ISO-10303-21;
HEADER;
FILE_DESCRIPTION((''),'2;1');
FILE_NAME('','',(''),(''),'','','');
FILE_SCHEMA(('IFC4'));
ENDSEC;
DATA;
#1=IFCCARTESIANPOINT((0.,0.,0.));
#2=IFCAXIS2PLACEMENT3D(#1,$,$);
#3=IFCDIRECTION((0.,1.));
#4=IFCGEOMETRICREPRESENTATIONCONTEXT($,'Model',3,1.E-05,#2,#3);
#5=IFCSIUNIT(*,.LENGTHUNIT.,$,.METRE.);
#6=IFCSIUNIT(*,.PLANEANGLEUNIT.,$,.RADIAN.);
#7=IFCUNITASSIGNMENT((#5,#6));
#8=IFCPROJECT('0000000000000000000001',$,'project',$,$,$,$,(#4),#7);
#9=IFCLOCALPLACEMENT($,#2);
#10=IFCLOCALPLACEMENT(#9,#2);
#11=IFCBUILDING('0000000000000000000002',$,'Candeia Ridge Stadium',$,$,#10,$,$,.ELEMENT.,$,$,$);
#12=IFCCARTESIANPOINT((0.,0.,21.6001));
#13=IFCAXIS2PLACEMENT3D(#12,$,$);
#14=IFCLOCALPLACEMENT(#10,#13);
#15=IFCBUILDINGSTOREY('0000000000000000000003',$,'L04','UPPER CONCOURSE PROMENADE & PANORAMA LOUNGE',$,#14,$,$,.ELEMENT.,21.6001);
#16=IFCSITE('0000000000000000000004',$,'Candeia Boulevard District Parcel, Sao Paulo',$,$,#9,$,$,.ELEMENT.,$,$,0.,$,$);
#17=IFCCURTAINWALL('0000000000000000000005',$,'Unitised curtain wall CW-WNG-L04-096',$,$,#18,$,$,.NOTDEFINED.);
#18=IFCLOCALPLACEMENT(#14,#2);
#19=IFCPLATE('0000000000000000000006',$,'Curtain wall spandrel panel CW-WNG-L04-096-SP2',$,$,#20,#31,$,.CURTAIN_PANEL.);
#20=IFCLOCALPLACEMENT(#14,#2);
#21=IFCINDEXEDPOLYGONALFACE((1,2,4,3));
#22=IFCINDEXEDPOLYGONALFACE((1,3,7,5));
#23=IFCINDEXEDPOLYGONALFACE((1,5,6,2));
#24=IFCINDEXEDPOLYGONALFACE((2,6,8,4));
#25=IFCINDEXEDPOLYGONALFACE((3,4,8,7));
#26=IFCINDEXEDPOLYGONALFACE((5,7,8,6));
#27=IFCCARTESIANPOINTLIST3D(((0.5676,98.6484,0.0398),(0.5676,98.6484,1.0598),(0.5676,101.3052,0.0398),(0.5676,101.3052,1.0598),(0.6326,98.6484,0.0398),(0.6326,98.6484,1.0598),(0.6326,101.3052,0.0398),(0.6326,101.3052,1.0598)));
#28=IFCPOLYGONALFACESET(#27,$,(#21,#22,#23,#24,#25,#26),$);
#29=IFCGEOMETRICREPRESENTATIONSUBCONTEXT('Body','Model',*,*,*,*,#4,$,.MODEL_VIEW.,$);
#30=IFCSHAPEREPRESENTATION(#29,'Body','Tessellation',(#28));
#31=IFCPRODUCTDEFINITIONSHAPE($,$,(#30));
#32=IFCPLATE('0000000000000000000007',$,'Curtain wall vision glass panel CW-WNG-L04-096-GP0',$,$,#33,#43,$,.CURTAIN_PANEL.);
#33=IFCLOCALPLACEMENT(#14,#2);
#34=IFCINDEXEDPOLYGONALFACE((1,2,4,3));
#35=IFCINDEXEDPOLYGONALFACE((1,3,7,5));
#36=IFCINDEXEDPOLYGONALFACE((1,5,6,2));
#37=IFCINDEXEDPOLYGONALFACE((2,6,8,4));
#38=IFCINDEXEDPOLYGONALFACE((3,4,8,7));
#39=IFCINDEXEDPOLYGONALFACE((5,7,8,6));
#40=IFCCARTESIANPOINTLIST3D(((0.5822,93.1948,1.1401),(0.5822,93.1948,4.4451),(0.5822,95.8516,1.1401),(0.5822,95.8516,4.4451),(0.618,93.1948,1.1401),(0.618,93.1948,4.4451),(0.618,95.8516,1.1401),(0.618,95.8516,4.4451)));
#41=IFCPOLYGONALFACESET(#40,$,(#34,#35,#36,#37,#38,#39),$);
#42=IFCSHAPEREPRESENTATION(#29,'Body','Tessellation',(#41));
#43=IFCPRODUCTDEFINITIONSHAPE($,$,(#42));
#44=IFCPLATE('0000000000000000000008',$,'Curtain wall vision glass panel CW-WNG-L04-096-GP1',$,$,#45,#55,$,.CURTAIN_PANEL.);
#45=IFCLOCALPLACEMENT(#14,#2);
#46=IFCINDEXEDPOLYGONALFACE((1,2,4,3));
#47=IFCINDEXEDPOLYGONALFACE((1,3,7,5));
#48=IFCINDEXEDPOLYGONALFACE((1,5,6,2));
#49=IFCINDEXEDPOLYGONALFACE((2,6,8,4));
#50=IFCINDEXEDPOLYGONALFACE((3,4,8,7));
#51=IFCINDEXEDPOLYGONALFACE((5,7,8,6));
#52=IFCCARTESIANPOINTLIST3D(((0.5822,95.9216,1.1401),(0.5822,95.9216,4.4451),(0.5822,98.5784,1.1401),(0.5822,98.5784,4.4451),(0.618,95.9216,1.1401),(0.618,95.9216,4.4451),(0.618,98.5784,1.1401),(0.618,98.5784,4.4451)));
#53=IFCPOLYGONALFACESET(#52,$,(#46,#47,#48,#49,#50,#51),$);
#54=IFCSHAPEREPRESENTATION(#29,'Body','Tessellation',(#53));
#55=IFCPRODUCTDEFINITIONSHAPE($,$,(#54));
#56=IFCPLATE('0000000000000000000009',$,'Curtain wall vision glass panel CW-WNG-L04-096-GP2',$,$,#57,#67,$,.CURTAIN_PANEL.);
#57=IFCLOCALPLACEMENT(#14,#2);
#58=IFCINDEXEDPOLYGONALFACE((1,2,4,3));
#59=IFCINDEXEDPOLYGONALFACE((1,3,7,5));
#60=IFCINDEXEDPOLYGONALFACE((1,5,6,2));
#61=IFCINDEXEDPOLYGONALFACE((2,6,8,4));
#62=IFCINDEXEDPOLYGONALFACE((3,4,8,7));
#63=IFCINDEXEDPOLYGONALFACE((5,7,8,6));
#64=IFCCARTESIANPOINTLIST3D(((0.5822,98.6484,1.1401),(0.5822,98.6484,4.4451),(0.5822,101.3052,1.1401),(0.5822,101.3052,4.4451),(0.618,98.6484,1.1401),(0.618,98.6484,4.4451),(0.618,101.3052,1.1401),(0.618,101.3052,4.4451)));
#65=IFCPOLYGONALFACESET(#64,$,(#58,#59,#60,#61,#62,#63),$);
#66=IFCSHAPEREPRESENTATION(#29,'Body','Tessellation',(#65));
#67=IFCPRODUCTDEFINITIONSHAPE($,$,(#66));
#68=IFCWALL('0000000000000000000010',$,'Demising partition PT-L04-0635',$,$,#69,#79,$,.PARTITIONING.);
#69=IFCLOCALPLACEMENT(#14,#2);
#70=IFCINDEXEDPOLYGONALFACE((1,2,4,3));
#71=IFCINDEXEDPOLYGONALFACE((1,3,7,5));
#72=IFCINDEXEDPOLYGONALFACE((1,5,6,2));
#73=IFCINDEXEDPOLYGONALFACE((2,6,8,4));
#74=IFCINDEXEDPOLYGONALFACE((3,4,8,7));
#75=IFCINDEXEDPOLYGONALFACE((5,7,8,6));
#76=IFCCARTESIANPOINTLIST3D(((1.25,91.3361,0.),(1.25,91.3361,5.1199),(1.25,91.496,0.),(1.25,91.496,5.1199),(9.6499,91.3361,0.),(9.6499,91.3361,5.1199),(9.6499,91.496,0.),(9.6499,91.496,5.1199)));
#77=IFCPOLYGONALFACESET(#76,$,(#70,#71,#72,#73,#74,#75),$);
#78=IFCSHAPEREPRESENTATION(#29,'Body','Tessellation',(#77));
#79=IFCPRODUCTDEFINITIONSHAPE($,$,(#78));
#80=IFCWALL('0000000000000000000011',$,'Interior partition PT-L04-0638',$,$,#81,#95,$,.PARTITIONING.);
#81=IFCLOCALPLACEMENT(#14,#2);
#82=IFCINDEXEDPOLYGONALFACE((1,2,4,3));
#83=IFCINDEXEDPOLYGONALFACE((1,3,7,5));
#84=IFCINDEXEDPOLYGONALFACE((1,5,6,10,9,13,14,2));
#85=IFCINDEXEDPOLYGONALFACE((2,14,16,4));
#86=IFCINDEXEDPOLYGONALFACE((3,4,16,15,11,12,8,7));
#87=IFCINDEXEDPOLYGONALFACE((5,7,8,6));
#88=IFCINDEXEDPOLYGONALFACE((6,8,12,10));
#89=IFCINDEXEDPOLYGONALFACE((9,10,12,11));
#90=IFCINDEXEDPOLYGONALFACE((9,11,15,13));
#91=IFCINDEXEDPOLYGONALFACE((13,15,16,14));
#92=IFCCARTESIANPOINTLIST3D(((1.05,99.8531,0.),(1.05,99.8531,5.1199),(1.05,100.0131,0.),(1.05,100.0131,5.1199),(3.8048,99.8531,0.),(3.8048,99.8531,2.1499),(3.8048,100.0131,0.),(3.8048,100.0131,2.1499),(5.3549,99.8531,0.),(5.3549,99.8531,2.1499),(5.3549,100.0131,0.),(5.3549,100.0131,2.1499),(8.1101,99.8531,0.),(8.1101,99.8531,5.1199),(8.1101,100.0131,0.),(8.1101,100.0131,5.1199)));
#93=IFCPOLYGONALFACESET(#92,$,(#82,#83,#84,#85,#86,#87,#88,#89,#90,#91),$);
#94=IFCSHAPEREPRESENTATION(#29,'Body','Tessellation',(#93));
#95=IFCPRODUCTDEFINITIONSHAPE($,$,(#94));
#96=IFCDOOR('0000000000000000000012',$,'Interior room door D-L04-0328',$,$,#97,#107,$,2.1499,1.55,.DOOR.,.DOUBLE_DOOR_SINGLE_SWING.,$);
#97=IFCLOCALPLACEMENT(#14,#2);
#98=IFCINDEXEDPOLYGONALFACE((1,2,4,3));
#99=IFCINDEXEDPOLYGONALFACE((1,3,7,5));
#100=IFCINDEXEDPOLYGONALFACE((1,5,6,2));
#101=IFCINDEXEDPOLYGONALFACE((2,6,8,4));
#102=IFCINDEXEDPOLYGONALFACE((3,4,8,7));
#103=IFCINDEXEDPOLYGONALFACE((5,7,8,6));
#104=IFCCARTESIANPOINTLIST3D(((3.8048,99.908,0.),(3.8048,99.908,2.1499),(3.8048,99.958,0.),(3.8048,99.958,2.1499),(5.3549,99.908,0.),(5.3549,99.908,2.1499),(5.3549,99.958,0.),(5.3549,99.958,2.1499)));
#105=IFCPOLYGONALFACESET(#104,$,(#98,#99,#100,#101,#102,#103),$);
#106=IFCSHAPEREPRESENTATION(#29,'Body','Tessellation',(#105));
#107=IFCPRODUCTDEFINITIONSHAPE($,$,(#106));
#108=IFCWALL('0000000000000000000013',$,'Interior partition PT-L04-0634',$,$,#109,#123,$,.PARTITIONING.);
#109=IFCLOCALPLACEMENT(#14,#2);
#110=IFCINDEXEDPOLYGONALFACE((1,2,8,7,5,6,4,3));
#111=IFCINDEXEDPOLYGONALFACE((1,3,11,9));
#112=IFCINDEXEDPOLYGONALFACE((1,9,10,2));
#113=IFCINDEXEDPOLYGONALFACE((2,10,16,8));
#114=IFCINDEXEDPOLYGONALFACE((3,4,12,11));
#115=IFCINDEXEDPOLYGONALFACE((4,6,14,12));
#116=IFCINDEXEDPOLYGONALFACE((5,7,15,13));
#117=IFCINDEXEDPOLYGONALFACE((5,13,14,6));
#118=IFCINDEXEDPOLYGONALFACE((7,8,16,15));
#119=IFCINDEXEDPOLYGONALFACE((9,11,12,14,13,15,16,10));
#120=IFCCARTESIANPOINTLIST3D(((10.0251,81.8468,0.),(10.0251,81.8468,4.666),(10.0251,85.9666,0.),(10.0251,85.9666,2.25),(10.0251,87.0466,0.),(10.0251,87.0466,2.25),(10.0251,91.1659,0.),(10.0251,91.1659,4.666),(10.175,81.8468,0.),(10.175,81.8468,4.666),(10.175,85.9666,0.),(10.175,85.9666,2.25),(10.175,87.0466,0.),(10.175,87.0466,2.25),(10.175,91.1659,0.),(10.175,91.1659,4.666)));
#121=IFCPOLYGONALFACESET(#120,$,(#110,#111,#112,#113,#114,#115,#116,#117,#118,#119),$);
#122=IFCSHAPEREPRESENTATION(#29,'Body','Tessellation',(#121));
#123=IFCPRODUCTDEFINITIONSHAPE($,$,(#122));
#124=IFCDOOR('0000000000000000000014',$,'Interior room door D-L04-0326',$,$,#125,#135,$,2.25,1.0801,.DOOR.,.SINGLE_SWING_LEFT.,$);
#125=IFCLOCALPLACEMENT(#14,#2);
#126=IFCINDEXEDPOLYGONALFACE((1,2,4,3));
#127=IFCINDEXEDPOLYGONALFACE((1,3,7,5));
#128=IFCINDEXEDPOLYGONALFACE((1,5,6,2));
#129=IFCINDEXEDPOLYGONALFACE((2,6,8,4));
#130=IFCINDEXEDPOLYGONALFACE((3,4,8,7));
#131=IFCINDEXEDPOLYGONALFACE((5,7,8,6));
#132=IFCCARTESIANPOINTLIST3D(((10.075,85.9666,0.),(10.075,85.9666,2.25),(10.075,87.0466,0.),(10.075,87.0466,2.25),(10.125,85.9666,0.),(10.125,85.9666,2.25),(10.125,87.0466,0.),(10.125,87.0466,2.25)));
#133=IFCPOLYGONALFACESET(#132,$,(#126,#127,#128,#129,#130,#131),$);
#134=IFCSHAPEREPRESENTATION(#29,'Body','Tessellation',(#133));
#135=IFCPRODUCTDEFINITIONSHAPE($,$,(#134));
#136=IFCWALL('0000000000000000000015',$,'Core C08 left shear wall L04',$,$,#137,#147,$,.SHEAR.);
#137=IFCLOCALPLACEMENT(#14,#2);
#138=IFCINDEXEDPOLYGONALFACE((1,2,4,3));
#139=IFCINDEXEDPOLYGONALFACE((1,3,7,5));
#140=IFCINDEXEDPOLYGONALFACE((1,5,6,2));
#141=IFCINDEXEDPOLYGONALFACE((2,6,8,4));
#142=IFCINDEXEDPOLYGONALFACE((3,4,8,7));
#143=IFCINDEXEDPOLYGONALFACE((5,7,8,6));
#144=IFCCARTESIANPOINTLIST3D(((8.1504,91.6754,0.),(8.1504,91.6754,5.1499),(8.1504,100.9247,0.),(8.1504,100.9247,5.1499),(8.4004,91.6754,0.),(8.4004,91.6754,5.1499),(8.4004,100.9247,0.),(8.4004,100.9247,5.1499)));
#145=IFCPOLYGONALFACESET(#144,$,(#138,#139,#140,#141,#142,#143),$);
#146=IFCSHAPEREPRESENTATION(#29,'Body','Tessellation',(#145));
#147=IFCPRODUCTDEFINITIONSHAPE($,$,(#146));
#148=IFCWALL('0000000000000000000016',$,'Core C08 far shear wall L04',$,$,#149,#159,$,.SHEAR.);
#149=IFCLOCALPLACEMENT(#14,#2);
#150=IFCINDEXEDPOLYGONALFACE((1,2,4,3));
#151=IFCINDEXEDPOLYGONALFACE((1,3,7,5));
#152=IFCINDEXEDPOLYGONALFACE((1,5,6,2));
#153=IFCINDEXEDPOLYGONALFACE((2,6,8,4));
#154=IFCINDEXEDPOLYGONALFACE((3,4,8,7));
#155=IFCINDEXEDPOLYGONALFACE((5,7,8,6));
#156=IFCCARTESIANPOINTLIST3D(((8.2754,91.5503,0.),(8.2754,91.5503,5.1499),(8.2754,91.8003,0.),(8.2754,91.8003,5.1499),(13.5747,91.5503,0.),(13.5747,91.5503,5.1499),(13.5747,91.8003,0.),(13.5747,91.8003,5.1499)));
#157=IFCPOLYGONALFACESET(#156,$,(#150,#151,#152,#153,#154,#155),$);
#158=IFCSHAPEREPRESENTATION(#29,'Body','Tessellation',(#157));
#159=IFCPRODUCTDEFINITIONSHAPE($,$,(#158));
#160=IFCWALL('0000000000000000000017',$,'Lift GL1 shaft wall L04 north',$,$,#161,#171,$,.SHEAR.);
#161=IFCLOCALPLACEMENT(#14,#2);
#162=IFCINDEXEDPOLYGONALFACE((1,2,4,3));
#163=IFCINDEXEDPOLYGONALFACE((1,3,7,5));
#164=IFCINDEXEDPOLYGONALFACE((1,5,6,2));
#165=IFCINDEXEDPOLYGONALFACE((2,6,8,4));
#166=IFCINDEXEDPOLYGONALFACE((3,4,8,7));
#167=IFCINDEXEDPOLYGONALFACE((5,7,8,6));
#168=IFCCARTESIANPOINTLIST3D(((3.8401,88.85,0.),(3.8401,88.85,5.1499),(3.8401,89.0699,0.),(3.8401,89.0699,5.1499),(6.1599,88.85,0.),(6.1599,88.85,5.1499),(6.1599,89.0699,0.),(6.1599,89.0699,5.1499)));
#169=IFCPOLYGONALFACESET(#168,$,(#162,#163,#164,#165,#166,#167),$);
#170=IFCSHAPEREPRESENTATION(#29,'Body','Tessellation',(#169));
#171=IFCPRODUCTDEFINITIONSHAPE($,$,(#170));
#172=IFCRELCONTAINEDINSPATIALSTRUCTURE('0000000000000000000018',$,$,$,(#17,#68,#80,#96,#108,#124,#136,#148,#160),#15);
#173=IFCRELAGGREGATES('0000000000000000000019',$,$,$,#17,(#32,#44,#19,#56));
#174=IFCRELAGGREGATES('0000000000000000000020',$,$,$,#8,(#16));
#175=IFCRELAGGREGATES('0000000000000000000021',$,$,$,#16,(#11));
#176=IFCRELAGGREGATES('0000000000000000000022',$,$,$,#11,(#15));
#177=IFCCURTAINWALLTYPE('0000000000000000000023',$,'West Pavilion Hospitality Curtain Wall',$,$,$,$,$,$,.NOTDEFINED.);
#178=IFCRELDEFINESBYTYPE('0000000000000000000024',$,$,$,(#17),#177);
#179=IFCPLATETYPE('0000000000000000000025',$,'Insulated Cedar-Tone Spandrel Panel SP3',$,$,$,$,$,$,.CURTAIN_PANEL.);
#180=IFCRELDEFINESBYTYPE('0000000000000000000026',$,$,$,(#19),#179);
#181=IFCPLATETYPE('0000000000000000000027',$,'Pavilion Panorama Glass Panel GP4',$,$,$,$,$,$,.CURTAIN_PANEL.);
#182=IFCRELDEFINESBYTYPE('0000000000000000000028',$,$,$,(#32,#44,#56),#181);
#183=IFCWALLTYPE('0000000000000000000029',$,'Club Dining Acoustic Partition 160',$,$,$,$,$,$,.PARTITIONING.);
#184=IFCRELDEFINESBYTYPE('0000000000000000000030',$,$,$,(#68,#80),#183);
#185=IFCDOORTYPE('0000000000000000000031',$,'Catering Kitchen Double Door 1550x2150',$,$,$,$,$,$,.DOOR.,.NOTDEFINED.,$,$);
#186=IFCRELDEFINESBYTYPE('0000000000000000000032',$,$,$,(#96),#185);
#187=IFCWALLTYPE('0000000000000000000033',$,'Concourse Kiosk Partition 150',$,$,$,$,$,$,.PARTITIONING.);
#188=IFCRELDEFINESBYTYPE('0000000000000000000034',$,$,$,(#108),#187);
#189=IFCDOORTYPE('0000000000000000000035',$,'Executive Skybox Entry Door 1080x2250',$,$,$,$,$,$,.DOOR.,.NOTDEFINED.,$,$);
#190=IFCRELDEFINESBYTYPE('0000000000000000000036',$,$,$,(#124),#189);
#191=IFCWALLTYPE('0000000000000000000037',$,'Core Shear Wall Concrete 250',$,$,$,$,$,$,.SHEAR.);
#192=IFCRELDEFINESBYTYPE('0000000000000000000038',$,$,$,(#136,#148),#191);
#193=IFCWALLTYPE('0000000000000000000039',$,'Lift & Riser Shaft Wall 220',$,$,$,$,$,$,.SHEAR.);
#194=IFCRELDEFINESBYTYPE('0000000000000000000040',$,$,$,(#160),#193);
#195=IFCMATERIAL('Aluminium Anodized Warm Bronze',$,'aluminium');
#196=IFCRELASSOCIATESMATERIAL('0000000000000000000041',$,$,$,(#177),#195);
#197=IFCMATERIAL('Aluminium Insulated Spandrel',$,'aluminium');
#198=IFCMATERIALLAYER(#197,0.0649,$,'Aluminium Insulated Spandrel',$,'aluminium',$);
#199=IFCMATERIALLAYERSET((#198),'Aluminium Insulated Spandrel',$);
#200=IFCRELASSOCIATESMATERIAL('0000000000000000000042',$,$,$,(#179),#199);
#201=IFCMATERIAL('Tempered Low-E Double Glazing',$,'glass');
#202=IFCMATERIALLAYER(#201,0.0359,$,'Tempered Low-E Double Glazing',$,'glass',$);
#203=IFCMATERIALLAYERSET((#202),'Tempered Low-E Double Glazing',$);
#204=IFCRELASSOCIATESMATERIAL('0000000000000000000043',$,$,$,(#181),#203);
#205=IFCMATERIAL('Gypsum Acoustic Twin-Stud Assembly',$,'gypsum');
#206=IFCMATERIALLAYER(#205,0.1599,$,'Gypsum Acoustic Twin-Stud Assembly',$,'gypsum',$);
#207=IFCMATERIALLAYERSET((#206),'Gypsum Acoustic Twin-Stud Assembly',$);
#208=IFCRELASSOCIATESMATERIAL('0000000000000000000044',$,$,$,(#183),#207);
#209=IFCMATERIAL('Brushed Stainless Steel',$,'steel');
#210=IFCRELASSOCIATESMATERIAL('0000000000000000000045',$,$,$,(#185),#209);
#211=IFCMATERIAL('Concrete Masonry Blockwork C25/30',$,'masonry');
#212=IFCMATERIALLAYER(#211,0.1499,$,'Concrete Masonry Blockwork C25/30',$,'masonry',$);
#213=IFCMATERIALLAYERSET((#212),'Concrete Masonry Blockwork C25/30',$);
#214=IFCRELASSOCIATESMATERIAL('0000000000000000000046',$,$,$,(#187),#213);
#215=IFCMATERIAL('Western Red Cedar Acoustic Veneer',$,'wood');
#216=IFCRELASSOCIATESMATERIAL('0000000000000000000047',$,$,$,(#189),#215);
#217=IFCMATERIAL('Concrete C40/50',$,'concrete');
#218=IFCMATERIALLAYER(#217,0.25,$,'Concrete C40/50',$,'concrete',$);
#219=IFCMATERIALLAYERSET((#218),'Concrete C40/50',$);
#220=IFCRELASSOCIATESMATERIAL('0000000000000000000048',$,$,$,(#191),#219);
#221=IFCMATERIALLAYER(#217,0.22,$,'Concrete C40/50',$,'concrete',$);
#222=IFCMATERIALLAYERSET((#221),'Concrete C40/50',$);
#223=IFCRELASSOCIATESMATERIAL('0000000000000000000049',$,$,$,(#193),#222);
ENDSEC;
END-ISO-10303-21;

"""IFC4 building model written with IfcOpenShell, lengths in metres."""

from ifc_helpers import new_model, si_unit, direction, frame, frame_2d, origin, origin_2d, place, context, subcontext, project, spatial, rectangle, extrude, material, layer, layer_set, type_object, element, fill, aggregate, save


model = new_model("IFC4")

# Units and contexts
model_context = context("Model", 3, precision=1e-05, world=origin(), true_north=direction((0.0, 1.0)))
body_context = subcontext(model_context, "Body", "Model", "MODEL_VIEW")
ifc_project = project(units=[si_unit("LENGTHUNIT", "METRE"), si_unit("PLANEANGLEUNIT", "RADIAN")], contexts=[model_context])

# Site, building, storey
site_placement = place(None, origin())
site = spatial("IfcSite", under=ifc_project, at=site_placement, Name="Candeia Boulevard District Parcel, Sao Paulo", CompositionType="ELEMENT", RefElevation=0.0)
building_placement = place(site_placement, origin())
building = spatial("IfcBuilding", under=site, at=building_placement, Name="Candeia Ridge Stadium", CompositionType="ELEMENT")
storey_placement = place(building_placement, frame((0.0, 0.0, 21.6001)))
storey = spatial("IfcBuildingStorey", under=building, at=storey_placement, Name="L04", Description="UPPER CONCOURSE PROMENADE & PANORAMA LOUNGE", CompositionType="ELEMENT", Elevation=21.6001)

# Shared definitions
ifc_material_1 = material(Name="Concrete C40/50", Category="concrete")

# Curtain wall
ifc_material_2 = material(Name="Aluminium Anodized Warm Bronze", Category="aluminium")
curtain_wall_type = type_object("IfcCurtainWallType", Name="West Pavilion Hospitality Curtain Wall", PredefinedType="NOTDEFINED", material=ifc_material_2)
curtain_wall_placement = place(storey_placement, origin())
curtain_wall = element("IfcCurtainWall", 1, at=curtain_wall_placement, inside=storey, type_object=curtain_wall_type, Name="Unitised curtain wall CW-WNG-L04-096", PredefinedType="NOTDEFINED")

# Plates
ifc_material_3 = material(Name="Aluminium Insulated Spandrel", Category="aluminium")
ifc_layer_1 = layer(ifc_material_3, 0.0649, Name="Aluminium Insulated Spandrel", Category="aluminium")
ifc_layer_set_1 = layer_set([ifc_layer_1], Name="Aluminium Insulated Spandrel")
plate_type_1 = type_object("IfcPlateType", Name="Insulated Cedar-Tone Spandrel Panel SP3", PredefinedType="CURTAIN_PANEL", material=ifc_layer_set_1)
plate_1_placement = place(storey_placement, frame((0.6001, 99.9768, 0.0398), z_axis=(0.0, 0.0, 1.0), x_axis=(0.0, 1.0, 0.0)))
plate_1 = element("IfcPlate", 2, at=plate_1_placement, type_object=plate_type_1, Name="Curtain wall spandrel panel CW-WNG-L04-096-SP2", PredefinedType="CURTAIN_PANEL", context=body_context, shape_type="SweptSolid", body=[
    extrude(rectangle(XDim=2.6567, YDim=0.0649, at=origin_2d()), origin(), (0.0, 0.0, 1.0), 1.02),
])
ifc_material_4 = material(Name="Tempered Low-E Double Glazing", Category="glass")
ifc_layer_2 = layer(ifc_material_4, 0.0359, Name="Tempered Low-E Double Glazing", Category="glass")
ifc_layer_set_2 = layer_set([ifc_layer_2], Name="Tempered Low-E Double Glazing")
plate_type_2 = type_object("IfcPlateType", Name="Pavilion Panorama Glass Panel GP4", PredefinedType="CURTAIN_PANEL", material=ifc_layer_set_2)
plate_2_placement = place(storey_placement, frame((0.6001, 94.5232, 1.1401), z_axis=(0.0, 0.0, 1.0), x_axis=(0.0, 1.0, 0.0)))
plate_2 = element("IfcPlate", 3, at=plate_2_placement, type_object=plate_type_2, Name="Curtain wall vision glass panel CW-WNG-L04-096-GP0", PredefinedType="CURTAIN_PANEL", context=body_context, shape_type="SweptSolid", body=[
    extrude(rectangle(XDim=2.6567, YDim=0.0359, at=origin_2d()), origin(), (0.0, 0.0, 1.0), 3.3049),
])
plate_3_placement = place(storey_placement, frame((0.6001, 97.25, 1.1401), z_axis=(0.0, 0.0, 1.0), x_axis=(0.0, 1.0, 0.0)))
plate_3 = element("IfcPlate", 4, at=plate_3_placement, type_object=plate_type_2, Name="Curtain wall vision glass panel CW-WNG-L04-096-GP1", PredefinedType="CURTAIN_PANEL", context=body_context, shape_type="SweptSolid", body=[
    extrude(rectangle(XDim=2.6567, YDim=0.0359, at=origin_2d()), origin(), (0.0, 0.0, 1.0), 3.3049),
])
plate_4_placement = place(storey_placement, frame((0.6001, 99.9768, 1.1401), z_axis=(0.0, 0.0, 1.0), x_axis=(0.0, 1.0, 0.0)))
plate_4 = element("IfcPlate", 5, at=plate_4_placement, type_object=plate_type_2, Name="Curtain wall vision glass panel CW-WNG-L04-096-GP2", PredefinedType="CURTAIN_PANEL", context=body_context, shape_type="SweptSolid", body=[
    extrude(rectangle(XDim=2.6567, YDim=0.0359, at=origin_2d()), origin(), (0.0, 0.0, 1.0), 3.3049),
])
aggregate(curtain_wall, [plate_2, plate_3, plate_1, plate_4])

# Wall
ifc_material_5 = material(Name="Gypsum Acoustic Twin-Stud Assembly", Category="gypsum")
ifc_layer_3 = layer(ifc_material_5, 0.1599, Name="Gypsum Acoustic Twin-Stud Assembly", Category="gypsum")
ifc_layer_set_3 = layer_set([ifc_layer_3], Name="Gypsum Acoustic Twin-Stud Assembly")
wall_type_1 = type_object("IfcWallType", Name="Club Dining Acoustic Partition 160", PredefinedType="PARTITIONING", material=ifc_layer_set_3)
wall_1_placement = place(storey_placement, frame((1.25, 91.416, 0.0), z_axis=(0.0, 0.0, 1.0), x_axis=(1.0, 0.0, 0.0)))
element("IfcWall", 6, at=wall_1_placement, inside=storey, type_object=wall_type_1, Name="Demising partition PT-L04-0635", PredefinedType="PARTITIONING", context=body_context, shape_type="SweptSolid", body=[
    extrude(rectangle(XDim=8.3999, YDim=0.1599, at=frame_2d((4.2, 0.0))), origin(), (0.0, 0.0, 1.0), 5.1199),
])

# Walls, openings, doors
wall_2_placement = place(storey_placement, frame((1.05, 99.9331, 0.0), z_axis=(0.0, 0.0, 1.0), x_axis=(1.0, 0.0, 0.0)))
wall_2 = element("IfcWall", 7, at=wall_2_placement, inside=storey, type_object=wall_type_1, Name="Interior partition PT-L04-0638", PredefinedType="PARTITIONING", context=body_context, shape_type="SweptSolid", body=[
    extrude(rectangle(XDim=7.0601, YDim=0.1599, at=frame_2d((3.53, 0.0))), origin(), (0.0, 0.0, 1.0), 5.1199),
])
opening_1_placement = place(wall_2_placement, frame((2.7549, 0.0, 0.0)))
opening_1 = element("IfcOpeningElement", 8, at=opening_1_placement, cuts=wall_2, PredefinedType="OPENING", context=body_context, shape_type="SweptSolid", body=[
    extrude(rectangle(XDim=1.55, YDim=2.1499, at=frame_2d((0.7749, 1.075))), frame((0.0, 0.0898, 0.0), z_axis=(0.0, -1.0, 0.0), x_axis=(1.0, 0.0, 0.0)), (0.0, 0.0, 1.0), 0.1799),
])
ifc_material_6 = material(Name="Brushed Stainless Steel", Category="steel")
door_type_1 = type_object("IfcDoorType", Name="Catering Kitchen Double Door 1550x2150", OperationType="NOTDEFINED", PredefinedType="DOOR", material=ifc_material_6)
door_1_placement = place(opening_1_placement, origin())
door_1 = element("IfcDoor", 9, at=door_1_placement, inside=storey, type_object=door_type_1, Name="Interior room door D-L04-0328", OperationType="DOUBLE_DOOR_SINGLE_SWING", OverallHeight=2.1499, OverallWidth=1.55, PredefinedType="DOOR", context=body_context, shape_type="SweptSolid", body=[
    extrude(rectangle(XDim=1.55, YDim=2.1499, at=frame_2d((0.7749, 1.075))), frame((0.0, 0.0249, 0.0), z_axis=(0.0, -1.0, 0.0), x_axis=(1.0, 0.0, 0.0)), (0.0, 0.0, 1.0), 0.05),
])
fill(opening_1, door_1)
ifc_material_7 = material(Name="Concrete Masonry Blockwork C25/30", Category="masonry")
ifc_layer_4 = layer(ifc_material_7, 0.1499, Name="Concrete Masonry Blockwork C25/30", Category="masonry")
ifc_layer_set_4 = layer_set([ifc_layer_4], Name="Concrete Masonry Blockwork C25/30")
wall_type_2 = type_object("IfcWallType", Name="Concourse Kiosk Partition 150", PredefinedType="PARTITIONING", material=ifc_layer_set_4)
wall_3_placement = place(storey_placement, frame((10.1001, 91.166, 0.0), z_axis=(0.0, 0.0, 1.0), x_axis=(0.0, -1.0, 0.0)))
wall_3 = element("IfcWall", 10, at=wall_3_placement, inside=storey, type_object=wall_type_2, Name="Interior partition PT-L04-0634", PredefinedType="PARTITIONING", context=body_context, shape_type="SweptSolid", body=[
    extrude(rectangle(XDim=9.3191, YDim=0.1499, at=frame_2d((4.6597, 0.0))), origin(), (0.0, 0.0, 1.0), 4.666),
])
opening_2_placement = place(wall_3_placement, frame((4.1194, 0.0, 0.0)))
opening_2 = element("IfcOpeningElement", 11, at=opening_2_placement, cuts=wall_3, PredefinedType="OPENING", context=body_context, shape_type="SweptSolid", body=[
    extrude(rectangle(XDim=1.0801, YDim=2.25, at=frame_2d((0.54, 1.125))), frame((0.0, 0.085, 0.0), z_axis=(0.0, -1.0, 0.0), x_axis=(1.0, 0.0, 0.0)), (0.0, 0.0, 1.0), 0.1699),
])
ifc_material_8 = material(Name="Western Red Cedar Acoustic Veneer", Category="wood")
door_type_2 = type_object("IfcDoorType", Name="Executive Skybox Entry Door 1080x2250", OperationType="NOTDEFINED", PredefinedType="DOOR", material=ifc_material_8)
door_2_placement = place(opening_2_placement, origin())
door_2 = element("IfcDoor", 12, at=door_2_placement, inside=storey, type_object=door_type_2, Name="Interior room door D-L04-0326", OperationType="SINGLE_SWING_LEFT", OverallHeight=2.25, OverallWidth=1.0801, PredefinedType="DOOR", context=body_context, shape_type="SweptSolid", body=[
    extrude(rectangle(XDim=1.0801, YDim=2.25, at=frame_2d((0.54, 1.125))), frame((0.0, 0.0249, 0.0), z_axis=(0.0, -1.0, 0.0), x_axis=(1.0, 0.0, 0.0)), (0.0, 0.0, 1.0), 0.05),
])
fill(opening_2, door_2)

# Walls
ifc_layer_5 = layer(ifc_material_1, 0.25, Name="Concrete C40/50", Category="concrete")
ifc_layer_set_5 = layer_set([ifc_layer_5], Name="Concrete C40/50")
wall_type_3 = type_object("IfcWallType", Name="Core Shear Wall Concrete 250", PredefinedType="SHEAR", material=ifc_layer_set_5)
wall_4_placement = place(storey_placement, frame((8.2754, 100.9246, 0.0), z_axis=(0.0, 0.0, 1.0), x_axis=(0.0, -1.0, 0.0)))
element("IfcWall", 13, at=wall_4_placement, inside=storey, type_object=wall_type_3, Name="Core C08 left shear wall L04", PredefinedType="SHEAR", context=body_context, shape_type="SweptSolid", body=[
    extrude(rectangle(XDim=9.2493, YDim=0.25, at=frame_2d((4.6245, 0.0))), origin(), (0.0, 0.0, 1.0), 5.1499),
])
wall_5_placement = place(storey_placement, frame((8.2754, 91.6753, 0.0), z_axis=(0.0, 0.0, 1.0), x_axis=(1.0, 0.0, 0.0)))
element("IfcWall", 14, at=wall_5_placement, inside=storey, type_object=wall_type_3, Name="Core C08 far shear wall L04", PredefinedType="SHEAR", context=body_context, shape_type="SweptSolid", body=[
    extrude(rectangle(XDim=5.2993, YDim=0.25, at=frame_2d((2.6497, 0.0))), origin(), (0.0, 0.0, 1.0), 5.1499),
])
ifc_layer_6 = layer(ifc_material_1, 0.22, Name="Concrete C40/50", Category="concrete")
ifc_layer_set_6 = layer_set([ifc_layer_6], Name="Concrete C40/50")
wall_type_4 = type_object("IfcWallType", Name="Lift & Riser Shaft Wall 220", PredefinedType="SHEAR", material=ifc_layer_set_6)
wall_6_placement = place(storey_placement, frame((6.1599, 88.96, 0.0), z_axis=(0.0, 0.0, 1.0), x_axis=(-1.0, 0.0, 0.0)))
element("IfcWall", 15, at=wall_6_placement, inside=storey, type_object=wall_type_4, Name="Lift GL1 shaft wall L04 north", PredefinedType="SHEAR", context=body_context, shape_type="SweptSolid", body=[
    extrude(rectangle(XDim=2.3198, YDim=0.22, at=frame_2d((1.1599, 0.0))), origin(), (0.0, 0.0, 1.0), 5.1499),
])

save(model, "model.ifc")
